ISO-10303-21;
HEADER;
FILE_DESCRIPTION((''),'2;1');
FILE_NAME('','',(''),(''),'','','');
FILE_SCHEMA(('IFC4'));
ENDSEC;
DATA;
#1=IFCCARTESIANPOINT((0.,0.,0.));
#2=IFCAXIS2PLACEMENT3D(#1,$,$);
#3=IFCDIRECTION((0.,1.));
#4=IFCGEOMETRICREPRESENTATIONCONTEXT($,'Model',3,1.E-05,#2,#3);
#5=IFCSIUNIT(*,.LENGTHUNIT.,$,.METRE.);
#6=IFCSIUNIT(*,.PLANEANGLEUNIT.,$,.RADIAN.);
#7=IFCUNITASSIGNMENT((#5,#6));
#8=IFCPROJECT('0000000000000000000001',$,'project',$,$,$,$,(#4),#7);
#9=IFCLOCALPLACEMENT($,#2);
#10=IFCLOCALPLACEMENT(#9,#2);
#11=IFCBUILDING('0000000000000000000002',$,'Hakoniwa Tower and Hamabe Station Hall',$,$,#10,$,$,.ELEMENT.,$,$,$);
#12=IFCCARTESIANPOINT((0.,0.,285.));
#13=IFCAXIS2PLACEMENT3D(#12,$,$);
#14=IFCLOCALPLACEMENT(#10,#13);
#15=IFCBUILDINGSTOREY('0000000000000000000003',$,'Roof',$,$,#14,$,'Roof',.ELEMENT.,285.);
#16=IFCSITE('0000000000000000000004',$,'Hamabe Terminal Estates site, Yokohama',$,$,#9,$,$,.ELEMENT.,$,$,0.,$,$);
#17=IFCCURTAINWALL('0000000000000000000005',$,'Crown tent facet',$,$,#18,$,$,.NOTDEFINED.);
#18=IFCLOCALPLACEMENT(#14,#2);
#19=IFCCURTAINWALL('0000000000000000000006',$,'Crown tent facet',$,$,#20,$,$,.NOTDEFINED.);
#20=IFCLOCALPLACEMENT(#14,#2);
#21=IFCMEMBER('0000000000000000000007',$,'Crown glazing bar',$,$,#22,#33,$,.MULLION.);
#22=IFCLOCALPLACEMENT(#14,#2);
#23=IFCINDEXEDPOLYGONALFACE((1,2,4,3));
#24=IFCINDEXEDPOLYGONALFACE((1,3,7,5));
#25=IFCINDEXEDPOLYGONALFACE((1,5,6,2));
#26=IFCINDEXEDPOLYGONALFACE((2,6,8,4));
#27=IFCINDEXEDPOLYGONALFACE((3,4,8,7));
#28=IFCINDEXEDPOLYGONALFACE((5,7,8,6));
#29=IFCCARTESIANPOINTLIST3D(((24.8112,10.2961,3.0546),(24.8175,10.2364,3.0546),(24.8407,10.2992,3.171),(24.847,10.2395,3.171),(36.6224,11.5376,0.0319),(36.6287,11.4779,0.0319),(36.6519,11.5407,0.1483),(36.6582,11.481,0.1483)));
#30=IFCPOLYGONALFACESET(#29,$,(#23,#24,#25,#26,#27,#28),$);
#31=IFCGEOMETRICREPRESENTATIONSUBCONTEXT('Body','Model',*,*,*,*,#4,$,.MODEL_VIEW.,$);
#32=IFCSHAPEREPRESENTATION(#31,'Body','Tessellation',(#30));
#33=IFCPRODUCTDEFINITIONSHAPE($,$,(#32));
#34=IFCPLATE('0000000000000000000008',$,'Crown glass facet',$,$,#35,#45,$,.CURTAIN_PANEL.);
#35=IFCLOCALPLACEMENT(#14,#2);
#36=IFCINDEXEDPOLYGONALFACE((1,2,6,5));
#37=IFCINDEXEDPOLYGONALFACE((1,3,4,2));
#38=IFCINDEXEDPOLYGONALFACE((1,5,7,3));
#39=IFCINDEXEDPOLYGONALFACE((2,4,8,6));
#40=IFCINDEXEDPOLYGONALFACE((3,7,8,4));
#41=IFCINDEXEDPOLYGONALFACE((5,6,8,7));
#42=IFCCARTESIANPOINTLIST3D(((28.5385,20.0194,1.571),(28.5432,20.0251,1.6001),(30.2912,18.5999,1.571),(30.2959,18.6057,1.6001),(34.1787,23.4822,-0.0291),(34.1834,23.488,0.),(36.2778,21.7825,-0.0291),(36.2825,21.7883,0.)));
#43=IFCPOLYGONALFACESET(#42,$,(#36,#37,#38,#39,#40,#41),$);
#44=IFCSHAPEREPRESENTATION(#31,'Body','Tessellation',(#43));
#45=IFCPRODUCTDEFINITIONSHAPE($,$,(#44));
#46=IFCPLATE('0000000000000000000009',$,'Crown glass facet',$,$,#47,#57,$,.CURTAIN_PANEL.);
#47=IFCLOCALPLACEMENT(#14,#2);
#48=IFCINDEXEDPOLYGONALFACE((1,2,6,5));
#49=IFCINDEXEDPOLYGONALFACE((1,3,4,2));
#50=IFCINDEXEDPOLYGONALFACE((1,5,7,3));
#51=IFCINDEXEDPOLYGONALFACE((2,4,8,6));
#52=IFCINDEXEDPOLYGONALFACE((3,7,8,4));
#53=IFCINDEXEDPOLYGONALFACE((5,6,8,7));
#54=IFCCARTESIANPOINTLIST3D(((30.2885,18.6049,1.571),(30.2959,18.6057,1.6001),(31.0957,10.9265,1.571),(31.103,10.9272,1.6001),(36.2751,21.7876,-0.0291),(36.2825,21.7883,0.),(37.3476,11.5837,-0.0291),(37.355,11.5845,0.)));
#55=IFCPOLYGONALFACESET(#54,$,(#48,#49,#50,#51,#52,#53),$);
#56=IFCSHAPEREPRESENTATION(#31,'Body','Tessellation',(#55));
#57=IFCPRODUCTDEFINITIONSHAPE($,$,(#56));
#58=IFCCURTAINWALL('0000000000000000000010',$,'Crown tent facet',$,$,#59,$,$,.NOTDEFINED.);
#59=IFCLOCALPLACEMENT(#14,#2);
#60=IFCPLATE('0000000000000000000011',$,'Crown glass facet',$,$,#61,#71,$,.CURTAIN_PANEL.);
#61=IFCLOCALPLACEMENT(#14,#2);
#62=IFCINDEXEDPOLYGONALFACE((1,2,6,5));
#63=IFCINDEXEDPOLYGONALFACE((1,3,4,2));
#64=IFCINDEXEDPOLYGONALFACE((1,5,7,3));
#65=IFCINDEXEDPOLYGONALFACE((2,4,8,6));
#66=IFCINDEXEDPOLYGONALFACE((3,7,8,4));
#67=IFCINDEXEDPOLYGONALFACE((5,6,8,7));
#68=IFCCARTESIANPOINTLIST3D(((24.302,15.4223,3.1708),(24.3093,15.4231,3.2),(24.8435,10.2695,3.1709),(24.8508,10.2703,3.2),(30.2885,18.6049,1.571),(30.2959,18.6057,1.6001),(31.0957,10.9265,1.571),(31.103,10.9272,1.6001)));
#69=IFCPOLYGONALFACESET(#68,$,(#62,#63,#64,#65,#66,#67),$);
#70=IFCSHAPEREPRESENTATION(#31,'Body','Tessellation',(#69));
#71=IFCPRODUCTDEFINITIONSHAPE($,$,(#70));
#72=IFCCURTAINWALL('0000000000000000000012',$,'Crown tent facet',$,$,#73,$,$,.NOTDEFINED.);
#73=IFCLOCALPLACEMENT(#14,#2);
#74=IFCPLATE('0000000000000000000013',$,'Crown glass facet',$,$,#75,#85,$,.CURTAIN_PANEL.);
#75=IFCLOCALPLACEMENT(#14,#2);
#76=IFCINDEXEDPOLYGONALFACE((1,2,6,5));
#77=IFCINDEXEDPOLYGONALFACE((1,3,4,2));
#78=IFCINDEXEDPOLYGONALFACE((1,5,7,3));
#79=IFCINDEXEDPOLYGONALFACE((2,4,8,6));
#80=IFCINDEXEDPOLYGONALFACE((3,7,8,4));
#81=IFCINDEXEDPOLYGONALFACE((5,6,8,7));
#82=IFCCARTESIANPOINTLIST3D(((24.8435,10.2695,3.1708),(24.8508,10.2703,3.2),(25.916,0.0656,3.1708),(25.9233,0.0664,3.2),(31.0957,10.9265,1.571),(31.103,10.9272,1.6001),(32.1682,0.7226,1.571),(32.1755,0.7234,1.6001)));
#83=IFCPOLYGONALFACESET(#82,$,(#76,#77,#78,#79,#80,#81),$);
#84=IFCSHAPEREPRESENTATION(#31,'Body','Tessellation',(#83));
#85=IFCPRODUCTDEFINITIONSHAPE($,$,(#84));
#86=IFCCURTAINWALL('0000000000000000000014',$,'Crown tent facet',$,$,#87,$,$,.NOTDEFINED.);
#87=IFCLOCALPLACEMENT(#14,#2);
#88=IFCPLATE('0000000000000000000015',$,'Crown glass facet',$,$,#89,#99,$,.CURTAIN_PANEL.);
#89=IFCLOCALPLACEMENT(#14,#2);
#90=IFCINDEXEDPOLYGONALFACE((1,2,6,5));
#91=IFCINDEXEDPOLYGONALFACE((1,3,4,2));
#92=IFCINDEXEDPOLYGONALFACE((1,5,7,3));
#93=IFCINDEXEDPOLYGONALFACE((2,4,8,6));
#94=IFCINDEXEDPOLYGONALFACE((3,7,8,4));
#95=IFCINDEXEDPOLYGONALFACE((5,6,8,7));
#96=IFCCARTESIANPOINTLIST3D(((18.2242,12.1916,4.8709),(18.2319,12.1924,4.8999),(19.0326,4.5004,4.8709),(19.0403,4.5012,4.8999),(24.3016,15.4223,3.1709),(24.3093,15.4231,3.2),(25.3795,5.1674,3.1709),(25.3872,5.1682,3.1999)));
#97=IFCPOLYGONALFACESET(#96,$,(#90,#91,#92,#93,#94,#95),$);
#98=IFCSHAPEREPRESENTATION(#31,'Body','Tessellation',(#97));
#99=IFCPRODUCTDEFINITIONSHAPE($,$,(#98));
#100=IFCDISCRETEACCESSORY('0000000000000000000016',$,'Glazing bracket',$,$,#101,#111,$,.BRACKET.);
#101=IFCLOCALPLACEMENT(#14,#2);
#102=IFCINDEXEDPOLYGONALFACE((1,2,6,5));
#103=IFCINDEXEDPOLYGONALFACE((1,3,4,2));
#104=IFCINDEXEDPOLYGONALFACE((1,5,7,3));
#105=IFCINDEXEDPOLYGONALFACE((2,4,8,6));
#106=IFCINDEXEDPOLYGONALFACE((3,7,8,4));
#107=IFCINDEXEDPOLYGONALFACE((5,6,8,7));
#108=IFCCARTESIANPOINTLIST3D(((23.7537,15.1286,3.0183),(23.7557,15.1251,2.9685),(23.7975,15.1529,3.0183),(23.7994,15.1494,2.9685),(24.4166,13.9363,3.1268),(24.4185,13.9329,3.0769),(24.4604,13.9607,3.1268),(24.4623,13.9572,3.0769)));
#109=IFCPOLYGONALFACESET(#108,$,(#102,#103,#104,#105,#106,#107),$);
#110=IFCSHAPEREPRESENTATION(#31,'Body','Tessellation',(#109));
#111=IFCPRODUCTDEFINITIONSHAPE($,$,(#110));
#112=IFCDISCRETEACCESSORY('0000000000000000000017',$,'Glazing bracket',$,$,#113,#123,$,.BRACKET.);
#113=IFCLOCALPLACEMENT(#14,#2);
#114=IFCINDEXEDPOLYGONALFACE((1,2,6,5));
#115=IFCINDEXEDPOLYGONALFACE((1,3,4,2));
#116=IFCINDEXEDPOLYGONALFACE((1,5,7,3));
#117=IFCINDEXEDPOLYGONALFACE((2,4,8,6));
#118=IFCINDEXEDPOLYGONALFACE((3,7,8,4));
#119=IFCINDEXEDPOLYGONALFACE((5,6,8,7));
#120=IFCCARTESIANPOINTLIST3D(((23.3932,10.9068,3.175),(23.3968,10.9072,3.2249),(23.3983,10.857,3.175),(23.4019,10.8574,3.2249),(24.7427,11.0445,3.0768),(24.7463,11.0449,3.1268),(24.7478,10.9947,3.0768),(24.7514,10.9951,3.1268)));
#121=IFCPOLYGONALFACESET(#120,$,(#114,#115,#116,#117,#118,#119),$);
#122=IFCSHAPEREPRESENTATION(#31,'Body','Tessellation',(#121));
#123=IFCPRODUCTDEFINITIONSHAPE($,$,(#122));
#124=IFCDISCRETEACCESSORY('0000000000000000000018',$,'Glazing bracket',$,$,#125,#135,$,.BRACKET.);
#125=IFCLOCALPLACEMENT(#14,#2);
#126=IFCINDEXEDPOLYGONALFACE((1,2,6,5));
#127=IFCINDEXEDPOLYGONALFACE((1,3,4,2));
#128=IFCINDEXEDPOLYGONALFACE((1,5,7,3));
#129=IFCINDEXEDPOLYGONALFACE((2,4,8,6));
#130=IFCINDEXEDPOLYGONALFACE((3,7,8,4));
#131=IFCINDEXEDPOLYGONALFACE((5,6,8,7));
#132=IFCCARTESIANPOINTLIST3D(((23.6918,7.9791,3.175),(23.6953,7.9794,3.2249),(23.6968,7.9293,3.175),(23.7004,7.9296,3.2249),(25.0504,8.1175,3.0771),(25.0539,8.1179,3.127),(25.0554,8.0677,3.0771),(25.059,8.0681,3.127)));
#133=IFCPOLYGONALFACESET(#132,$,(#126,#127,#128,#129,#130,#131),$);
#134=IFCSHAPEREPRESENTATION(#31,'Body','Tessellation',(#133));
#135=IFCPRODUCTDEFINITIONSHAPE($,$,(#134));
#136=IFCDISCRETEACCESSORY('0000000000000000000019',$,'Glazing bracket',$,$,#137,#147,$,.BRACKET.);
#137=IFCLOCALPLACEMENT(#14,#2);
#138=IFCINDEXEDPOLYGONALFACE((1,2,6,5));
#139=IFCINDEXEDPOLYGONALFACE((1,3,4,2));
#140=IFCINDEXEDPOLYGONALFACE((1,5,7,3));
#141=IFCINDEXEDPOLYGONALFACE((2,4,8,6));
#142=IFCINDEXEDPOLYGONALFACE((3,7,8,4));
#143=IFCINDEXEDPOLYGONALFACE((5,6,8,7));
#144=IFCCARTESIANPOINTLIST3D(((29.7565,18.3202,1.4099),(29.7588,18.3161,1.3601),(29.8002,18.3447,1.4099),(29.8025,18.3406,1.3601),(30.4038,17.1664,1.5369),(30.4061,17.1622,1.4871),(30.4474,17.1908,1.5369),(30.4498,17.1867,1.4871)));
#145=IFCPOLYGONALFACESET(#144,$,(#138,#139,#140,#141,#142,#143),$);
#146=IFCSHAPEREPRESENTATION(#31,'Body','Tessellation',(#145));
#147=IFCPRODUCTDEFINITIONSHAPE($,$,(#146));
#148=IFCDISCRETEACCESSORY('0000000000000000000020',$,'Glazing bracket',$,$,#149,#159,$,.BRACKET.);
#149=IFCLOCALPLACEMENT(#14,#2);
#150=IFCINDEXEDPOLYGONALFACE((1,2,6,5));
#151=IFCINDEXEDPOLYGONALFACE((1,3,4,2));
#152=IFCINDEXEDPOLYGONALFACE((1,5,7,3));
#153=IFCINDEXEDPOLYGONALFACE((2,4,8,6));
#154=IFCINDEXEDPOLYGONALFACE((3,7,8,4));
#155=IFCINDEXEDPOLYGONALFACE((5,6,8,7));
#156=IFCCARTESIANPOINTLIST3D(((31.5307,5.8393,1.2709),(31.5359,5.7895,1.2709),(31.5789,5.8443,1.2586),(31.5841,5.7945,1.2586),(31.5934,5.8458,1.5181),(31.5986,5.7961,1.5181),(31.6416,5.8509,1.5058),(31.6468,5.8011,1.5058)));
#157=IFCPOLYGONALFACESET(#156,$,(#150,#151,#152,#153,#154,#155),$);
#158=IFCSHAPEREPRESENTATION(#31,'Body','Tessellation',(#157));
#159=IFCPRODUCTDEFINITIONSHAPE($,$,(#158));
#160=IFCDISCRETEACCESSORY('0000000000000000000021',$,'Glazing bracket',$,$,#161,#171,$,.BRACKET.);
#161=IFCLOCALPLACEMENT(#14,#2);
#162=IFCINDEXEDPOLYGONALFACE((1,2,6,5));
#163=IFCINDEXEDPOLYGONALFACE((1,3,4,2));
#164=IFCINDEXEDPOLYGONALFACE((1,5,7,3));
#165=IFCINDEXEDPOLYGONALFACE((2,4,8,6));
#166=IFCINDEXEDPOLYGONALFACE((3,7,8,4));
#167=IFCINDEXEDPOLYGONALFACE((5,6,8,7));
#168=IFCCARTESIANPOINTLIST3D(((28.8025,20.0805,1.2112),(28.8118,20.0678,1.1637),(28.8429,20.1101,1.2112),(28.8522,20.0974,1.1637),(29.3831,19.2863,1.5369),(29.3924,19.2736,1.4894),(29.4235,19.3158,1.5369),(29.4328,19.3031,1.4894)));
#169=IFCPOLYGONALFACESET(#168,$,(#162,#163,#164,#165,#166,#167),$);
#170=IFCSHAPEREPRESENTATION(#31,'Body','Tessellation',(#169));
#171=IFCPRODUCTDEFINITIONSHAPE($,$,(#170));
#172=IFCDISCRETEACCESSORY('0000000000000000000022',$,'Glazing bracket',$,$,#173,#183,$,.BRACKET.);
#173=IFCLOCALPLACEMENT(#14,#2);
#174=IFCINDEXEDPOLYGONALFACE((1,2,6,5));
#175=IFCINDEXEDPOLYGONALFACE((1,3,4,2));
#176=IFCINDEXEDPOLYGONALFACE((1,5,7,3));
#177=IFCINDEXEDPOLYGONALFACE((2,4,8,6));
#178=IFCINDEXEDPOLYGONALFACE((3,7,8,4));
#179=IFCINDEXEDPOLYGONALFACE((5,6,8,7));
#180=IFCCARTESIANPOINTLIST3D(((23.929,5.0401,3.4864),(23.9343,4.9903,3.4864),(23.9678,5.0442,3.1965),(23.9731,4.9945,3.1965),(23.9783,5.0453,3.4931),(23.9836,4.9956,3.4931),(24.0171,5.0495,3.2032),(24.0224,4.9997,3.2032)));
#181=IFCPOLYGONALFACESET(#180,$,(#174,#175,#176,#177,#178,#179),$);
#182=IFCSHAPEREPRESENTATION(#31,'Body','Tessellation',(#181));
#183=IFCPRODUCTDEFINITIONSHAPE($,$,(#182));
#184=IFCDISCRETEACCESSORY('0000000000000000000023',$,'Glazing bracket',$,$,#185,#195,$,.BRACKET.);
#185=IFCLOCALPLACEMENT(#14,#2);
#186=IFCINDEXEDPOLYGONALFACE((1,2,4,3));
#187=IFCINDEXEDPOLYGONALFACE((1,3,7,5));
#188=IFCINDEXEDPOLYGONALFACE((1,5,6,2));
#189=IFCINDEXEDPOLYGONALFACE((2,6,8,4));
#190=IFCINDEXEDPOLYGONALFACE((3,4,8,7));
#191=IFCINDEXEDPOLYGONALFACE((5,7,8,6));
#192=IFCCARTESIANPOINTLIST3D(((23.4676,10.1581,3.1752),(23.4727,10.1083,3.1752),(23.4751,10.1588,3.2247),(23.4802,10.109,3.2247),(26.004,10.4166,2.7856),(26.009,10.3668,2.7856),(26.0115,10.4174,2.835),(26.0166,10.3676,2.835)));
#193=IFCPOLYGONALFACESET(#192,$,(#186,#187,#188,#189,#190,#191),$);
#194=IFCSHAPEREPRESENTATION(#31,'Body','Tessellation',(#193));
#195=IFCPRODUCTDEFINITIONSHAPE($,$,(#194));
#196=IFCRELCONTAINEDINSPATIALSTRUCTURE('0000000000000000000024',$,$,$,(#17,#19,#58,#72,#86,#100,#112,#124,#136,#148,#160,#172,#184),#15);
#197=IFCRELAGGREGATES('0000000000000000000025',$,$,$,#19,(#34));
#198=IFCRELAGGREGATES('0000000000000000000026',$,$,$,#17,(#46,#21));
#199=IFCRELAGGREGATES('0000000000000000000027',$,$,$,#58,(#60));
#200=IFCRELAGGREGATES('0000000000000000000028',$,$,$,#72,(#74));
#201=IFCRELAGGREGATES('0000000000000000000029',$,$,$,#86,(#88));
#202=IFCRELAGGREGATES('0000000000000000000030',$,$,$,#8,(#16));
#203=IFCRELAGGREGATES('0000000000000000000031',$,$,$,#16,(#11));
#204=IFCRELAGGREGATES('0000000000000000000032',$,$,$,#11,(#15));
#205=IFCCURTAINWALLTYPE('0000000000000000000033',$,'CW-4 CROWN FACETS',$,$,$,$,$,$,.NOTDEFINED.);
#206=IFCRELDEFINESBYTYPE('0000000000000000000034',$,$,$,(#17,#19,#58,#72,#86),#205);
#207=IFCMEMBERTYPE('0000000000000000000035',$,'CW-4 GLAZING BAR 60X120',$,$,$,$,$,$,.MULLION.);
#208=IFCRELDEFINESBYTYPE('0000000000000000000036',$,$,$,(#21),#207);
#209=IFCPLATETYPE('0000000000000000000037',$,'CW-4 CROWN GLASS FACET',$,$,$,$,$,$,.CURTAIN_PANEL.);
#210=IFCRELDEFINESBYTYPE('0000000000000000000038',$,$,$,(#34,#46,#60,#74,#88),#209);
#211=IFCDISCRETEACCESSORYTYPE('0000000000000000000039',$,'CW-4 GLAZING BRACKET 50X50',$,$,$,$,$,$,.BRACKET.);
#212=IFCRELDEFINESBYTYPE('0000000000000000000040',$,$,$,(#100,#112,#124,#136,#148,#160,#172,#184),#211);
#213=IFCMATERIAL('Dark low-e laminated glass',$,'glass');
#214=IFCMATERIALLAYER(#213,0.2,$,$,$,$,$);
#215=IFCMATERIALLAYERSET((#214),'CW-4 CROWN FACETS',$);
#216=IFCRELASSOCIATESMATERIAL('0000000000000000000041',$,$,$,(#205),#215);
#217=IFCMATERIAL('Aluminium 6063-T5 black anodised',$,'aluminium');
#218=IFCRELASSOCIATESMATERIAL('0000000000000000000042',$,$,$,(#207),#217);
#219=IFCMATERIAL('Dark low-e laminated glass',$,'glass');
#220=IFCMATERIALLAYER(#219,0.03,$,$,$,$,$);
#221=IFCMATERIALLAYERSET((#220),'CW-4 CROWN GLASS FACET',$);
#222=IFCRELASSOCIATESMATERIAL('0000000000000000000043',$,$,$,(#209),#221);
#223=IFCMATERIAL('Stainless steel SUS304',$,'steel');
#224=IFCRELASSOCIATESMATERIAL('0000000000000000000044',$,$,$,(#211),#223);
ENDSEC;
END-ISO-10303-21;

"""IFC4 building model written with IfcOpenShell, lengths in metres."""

from ifc_helpers import new_model, si_unit, direction, frame, origin, origin_2d, place, context, subcontext, project, spatial, polyline, rectangle, outline, extrude, material, layer, layer_set, material_profile, profile_set, type_object, element, aggregate, save


model = new_model("IFC4")

# Units and contexts
model_context = context("Model", 3, precision=1e-05, world=origin(), true_north=direction((0.0, 1.0)))
body_context = subcontext(model_context, "Body", "Model", "MODEL_VIEW")
ifc_project = project(units=[si_unit("LENGTHUNIT", "METRE"), si_unit("PLANEANGLEUNIT", "RADIAN")], contexts=[model_context])

# Site, building, storey
site_placement = place(None, origin())
site = spatial("IfcSite", under=ifc_project, at=site_placement, Name="Hamabe Terminal Estates site, Yokohama", CompositionType="ELEMENT", RefElevation=0.0)
building_placement = place(site_placement, origin())
building = spatial("IfcBuilding", under=site, at=building_placement, Name="Hakoniwa Tower and Hamabe Station Hall", CompositionType="ELEMENT")
storey_placement = place(building_placement, frame((0.0, 0.0, 285.0)))
storey = spatial("IfcBuildingStorey", under=building, at=storey_placement, Name="Roof", LongName="Roof", CompositionType="ELEMENT", Elevation=285.0)

# Curtain wall
ifc_material_1 = material(Name="Dark low-e laminated glass", Category="glass")
ifc_layer_1 = layer(ifc_material_1, 0.2)
ifc_layer_set_1 = layer_set([ifc_layer_1], Name="CW-4 CROWN FACETS")
curtain_wall_type = type_object("IfcCurtainWallType", Name="CW-4 CROWN FACETS", PredefinedType="NOTDEFINED", material=ifc_layer_set_1)
ifc_material_2 = material(Name="Aluminium 6063-T5 black anodised", Category="aluminium")
ifc_material_profile_1 = material_profile(ifc_material_2, rectangle(XDim=0.0601, YDim=0.1201, at=origin_2d()), Name="CW-4 GLAZING BAR 60X120")
ifc_profile_set_1 = profile_set([ifc_material_profile_1], Name="Aluminium 6063-T5 black anodised")
member_type_1 = type_object("IfcMemberType", Name="CW-4 GLAZING BAR 60X120", PredefinedType="MULLION", material=ifc_profile_set_1)
curtain_wall_1_placement = place(storey_placement, origin())
curtain_wall_1 = element("IfcCurtainWall", 1, at=curtain_wall_1_placement, inside=storey, type_object=curtain_wall_type, Name="Crown tent facet", PredefinedType="NOTDEFINED")

# Curtain wall
curtain_wall_2_placement = place(storey_placement, origin())
curtain_wall_2 = element("IfcCurtainWall", 2, at=curtain_wall_2_placement, inside=storey, type_object=curtain_wall_type, Name="Crown tent facet", PredefinedType="NOTDEFINED")

# Member
member_1_placement = place(storey_placement, frame((24.8291, 10.2678, 3.1128), z_axis=(0.963795, 0.101302, -0.246651), x_axis=(-0.104532, 0.994522, 0.0)))
member_1 = element("IfcMember", 3, at=member_1_placement, type_object=member_type_1, Name="Crown glazing bar", PredefinedType="MULLION", context=body_context, shape_type="SweptSolid", body=[
    extrude(rectangle(XDim=0.0601, YDim=0.1201, at=origin_2d()), origin(), (0.0, 0.0, 1.0), 12.2549),
])

# Plate
ifc_material_3 = material(Name="Dark low-e laminated glass", Category="glass")
ifc_layer_2 = layer(ifc_material_3, 0.03)
ifc_layer_set_2 = layer_set([ifc_layer_2], Name="CW-4 CROWN GLASS FACET")
plate_type = type_object("IfcPlateType", Name="CW-4 CROWN GLASS FACET", PredefinedType="CURTAIN_PANEL", material=ifc_layer_set_2)
plate_1_placement = place(storey_placement, frame((36.2825, 21.7883, 0.0), z_axis=(0.1563, 0.193014, 0.968667), x_axis=(-0.859369, -0.456863, 0.229697)))
plate_1 = element("IfcPlate", 4, at=plate_1_placement, type_object=plate_type, Name="Crown glass facet", PredefinedType="CURTAIN_PANEL", context=body_context, shape_type="SweptSolid", body=[
    extrude(outline(polyline([(0.0, 0.0), (6.9662, 0.0), (7.824, -2.0859), (1.0274, -2.498), (0.0, 0.0)])), origin(), (0.0, 0.0, -1.0), 0.03),
])
aggregate(curtain_wall_2, [plate_1])

# Plate
plate_2_placement = place(storey_placement, frame((36.2825, 21.7883, 0.0), z_axis=(0.245315, 0.025785, 0.9691), x_axis=(0.104533, -0.994521, 0.000001)))
plate_2 = element("IfcPlate", 5, at=plate_2_placement, type_object=plate_type, Name="Crown glass facet", PredefinedType="CURTAIN_PANEL", context=body_context, shape_type="SweptSolid", body=[
    extrude(outline(polyline([(0.0, 0.0), (10.2601, 0.0), (10.2602, -6.4868), (2.5394, -6.4869), (0.0, 0.0)])), origin(), (0.0, 0.0, -1.0), 0.03),
])
aggregate(curtain_wall_1, [plate_2, member_1])

# Curtain walls, plates
curtain_wall_3_placement = place(storey_placement, origin())
curtain_wall_3 = element("IfcCurtainWall", 6, at=curtain_wall_3_placement, inside=storey, type_object=curtain_wall_type, Name="Crown tent facet", PredefinedType="NOTDEFINED")
plate_3_placement = place(storey_placement, frame((24.3093, 15.4231, 3.2), z_axis=(0.245277, 0.02578, 0.96911), x_axis=(0.859378, 0.456867, -0.229657)))
plate_3 = element("IfcPlate", 7, at=plate_3_placement, type_object=plate_type, Name="Crown glass facet", PredefinedType="CURTAIN_PANEL", context=body_context, shape_type="SweptSolid", body=[
    extrude(outline(polyline([(0.0, 0.0), (6.9662, 0.0), (4.1518, -7.1895), (-1.8888, -4.8247), (0.0, 0.0)])), origin(), (0.0, 0.0, -1.0), 0.03),
])
aggregate(curtain_wall_3, [plate_3])
curtain_wall_4_placement = place(storey_placement, origin())
curtain_wall_4 = element("IfcCurtainWall", 8, at=curtain_wall_4_placement, inside=storey, type_object=curtain_wall_type, Name="Crown tent facet", PredefinedType="NOTDEFINED")
plate_4_placement = place(storey_placement, frame((24.8508, 10.2703, 3.2), z_axis=(0.245274, 0.02578, 0.969111), x_axis=(0.963805, 0.101277, -0.246625)))
plate_4 = element("IfcPlate", 9, at=plate_4_placement, type_object=plate_type, Name="Crown glass facet", PredefinedType="CURTAIN_PANEL", context=body_context, shape_type="SweptSolid", body=[
    extrude(outline(polyline([(0.0, 0.0), (6.487, 0.0), (6.4873, -10.2601), (0.0003, -10.2601), (0.0, 0.0)])), origin(), (0.0, 0.0, -1.0), 0.03),
])
aggregate(curtain_wall_4, [plate_4])
curtain_wall_5_placement = place(storey_placement, origin())
curtain_wall_5 = element("IfcCurtainWall", 10, at=curtain_wall_5_placement, inside=storey, type_object=curtain_wall_type, Name="Crown tent facet", PredefinedType="NOTDEFINED")
plate_5_placement = place(storey_placement, frame((24.3093, 15.4231, 3.2), z_axis=(0.255988, 0.026906, 0.966305), x_axis=(0.104533, -0.994521, -0.000001)))
plate_5 = element("IfcPlate", 11, at=plate_5_placement, type_object=plate_type, Name="Crown glass facet", PredefinedType="CURTAIN_PANEL", context=body_context, shape_type="SweptSolid", body=[
    extrude(outline(polyline([(0.0, 0.0), (10.3114, 0.0), (10.3112, -6.6044), (2.5777, -6.6043), (0.0, 0.0)])), origin(), (0.0, 0.0, -1.0), 0.03),
])
aggregate(curtain_wall_5, [plate_5])

# Discrete accessories
ifc_material_4 = material(Name="Stainless steel SUS304", Category="steel")
ifc_material_profile_2 = material_profile(ifc_material_4, rectangle(XDim=0.05, YDim=0.05, at=origin_2d()), Name="CW-4 GLAZING BRACKET 50X50")
ifc_profile_set_2 = profile_set([ifc_material_profile_2], Name="Stainless steel SUS304")
discrete_accessory_type = type_object("IfcDiscreteAccessoryType", Name="CW-4 GLAZING BRACKET 50X50", PredefinedType="BRACKET", material=ifc_profile_set_2)
discrete_accessory_1_placement = place(storey_placement, frame((24.4395, 13.9468, 3.1018), z_axis=(-0.48442, 0.871242, -0.07922), x_axis=(-0.873988, -0.485947, 0.0)))
element("IfcDiscreteAccessory", 12, at=discrete_accessory_1_placement, inside=storey, type_object=discrete_accessory_type, Name="Glazing bracket", PredefinedType="BRACKET", context=body_context, shape_type="SweptSolid", body=[
    extrude(rectangle(XDim=0.05, YDim=0.05, at=origin_2d()), origin(), (0.0, 0.0, 1.0), 1.3684),
])
discrete_accessory_2_placement = place(storey_placement, frame((24.7471, 11.0198, 3.1018), z_axis=(-0.992242, -0.101235, 0.072157), x_axis=(0.101499, -0.994836, 0.0)))
element("IfcDiscreteAccessory", 13, at=discrete_accessory_2_placement, inside=storey, type_object=discrete_accessory_type, Name="Glazing bracket", PredefinedType="BRACKET", context=body_context, shape_type="SweptSolid", body=[
    extrude(rectangle(XDim=0.05, YDim=0.05, at=origin_2d()), origin(), (0.0, 0.0, 1.0), 1.3601),
])
discrete_accessory_3_placement = place(storey_placement, frame((25.0547, 8.0928, 3.1021), z_axis=(-0.992303, -0.101103, 0.071503), x_axis=(0.101362, -0.99485, 0.0)))
element("IfcDiscreteAccessory", 14, at=discrete_accessory_3_placement, inside=storey, type_object=discrete_accessory_type, Name="Glazing bracket", PredefinedType="BRACKET", context=body_context, shape_type="SweptSolid", body=[
    extrude(rectangle(XDim=0.05, YDim=0.05, at=origin_2d()), origin(), (0.0, 0.0, 1.0), 1.3691),
])
discrete_accessory_4_placement = place(storey_placement, frame((30.4268, 17.1765, 1.512), z_axis=(-0.48699, 0.868168, -0.095524), x_axis=(-0.872156, -0.489227, 0.0)))
element("IfcDiscreteAccessory", 15, at=discrete_accessory_4_placement, inside=storey, type_object=discrete_accessory_type, Name="Glazing bracket", PredefinedType="BRACKET", context=body_context, shape_type="SweptSolid", body=[
    extrude(rectangle(XDim=0.05, YDim=0.05, at=origin_2d()), origin(), (0.0, 0.0, 1.0), 1.3291),
])
discrete_accessory_5_placement = place(storey_placement, frame((31.6201, 5.8235, 1.512), z_axis=(-0.245829, -0.025826, -0.968969), x_axis=(0.104483, -0.994527, 0.0)))
element("IfcDiscreteAccessory", 16, at=discrete_accessory_5_placement, inside=storey, type_object=discrete_accessory_type, Name="Glazing bracket", PredefinedType="BRACKET", context=body_context, shape_type="SweptSolid", body=[
    extrude(rectangle(XDim=0.05, YDim=0.05, at=origin_2d()), origin(), (0.0, 0.0, 1.0), 0.2551),
])
discrete_accessory_6_placement = place(storey_placement, frame((29.408, 19.2947, 1.5132), z_axis=(-0.560244, 0.766389, -0.314283), x_axis=(-0.807296, -0.590147, 0.0)))
element("IfcDiscreteAccessory", 17, at=discrete_accessory_6_placement, inside=storey, type_object=discrete_accessory_type, Name="Glazing bracket", PredefinedType="BRACKET", context=body_context, shape_type="SweptSolid", body=[
    extrude(rectangle(XDim=0.05, YDim=0.05, at=origin_2d()), origin(), (0.0, 0.0, 1.0), 1.0364),
])
discrete_accessory_7_placement = place(storey_placement, frame((23.9563, 5.0178, 3.4897), z_axis=(0.132752, 0.014194, -0.991048), x_axis=(-0.106312, 0.994333, 0.0)))
element("IfcDiscreteAccessory", 18, at=discrete_accessory_7_placement, inside=storey, type_object=discrete_accessory_type, Name="Glazing bracket", PredefinedType="BRACKET", context=body_context, shape_type="SweptSolid", body=[
    extrude(rectangle(XDim=0.05, YDim=0.05, at=origin_2d()), origin(), (0.0, 0.0, 1.0), 0.2925),
])
discrete_accessory_8_placement = place(storey_placement, frame((26.0103, 10.3921, 2.8103), z_axis=(-0.983426, -0.100245, 0.151078), x_axis=(0.101409, -0.994845, 0.0)))
element("IfcDiscreteAccessory", 19, at=discrete_accessory_8_placement, inside=storey, type_object=discrete_accessory_type, Name="Glazing bracket", PredefinedType="BRACKET", context=body_context, shape_type="SweptSolid", body=[
    extrude(rectangle(XDim=0.05, YDim=0.05, at=origin_2d()), origin(), (0.0, 0.0, 1.0), 2.5791),
])

save(model, "model.ifc")
